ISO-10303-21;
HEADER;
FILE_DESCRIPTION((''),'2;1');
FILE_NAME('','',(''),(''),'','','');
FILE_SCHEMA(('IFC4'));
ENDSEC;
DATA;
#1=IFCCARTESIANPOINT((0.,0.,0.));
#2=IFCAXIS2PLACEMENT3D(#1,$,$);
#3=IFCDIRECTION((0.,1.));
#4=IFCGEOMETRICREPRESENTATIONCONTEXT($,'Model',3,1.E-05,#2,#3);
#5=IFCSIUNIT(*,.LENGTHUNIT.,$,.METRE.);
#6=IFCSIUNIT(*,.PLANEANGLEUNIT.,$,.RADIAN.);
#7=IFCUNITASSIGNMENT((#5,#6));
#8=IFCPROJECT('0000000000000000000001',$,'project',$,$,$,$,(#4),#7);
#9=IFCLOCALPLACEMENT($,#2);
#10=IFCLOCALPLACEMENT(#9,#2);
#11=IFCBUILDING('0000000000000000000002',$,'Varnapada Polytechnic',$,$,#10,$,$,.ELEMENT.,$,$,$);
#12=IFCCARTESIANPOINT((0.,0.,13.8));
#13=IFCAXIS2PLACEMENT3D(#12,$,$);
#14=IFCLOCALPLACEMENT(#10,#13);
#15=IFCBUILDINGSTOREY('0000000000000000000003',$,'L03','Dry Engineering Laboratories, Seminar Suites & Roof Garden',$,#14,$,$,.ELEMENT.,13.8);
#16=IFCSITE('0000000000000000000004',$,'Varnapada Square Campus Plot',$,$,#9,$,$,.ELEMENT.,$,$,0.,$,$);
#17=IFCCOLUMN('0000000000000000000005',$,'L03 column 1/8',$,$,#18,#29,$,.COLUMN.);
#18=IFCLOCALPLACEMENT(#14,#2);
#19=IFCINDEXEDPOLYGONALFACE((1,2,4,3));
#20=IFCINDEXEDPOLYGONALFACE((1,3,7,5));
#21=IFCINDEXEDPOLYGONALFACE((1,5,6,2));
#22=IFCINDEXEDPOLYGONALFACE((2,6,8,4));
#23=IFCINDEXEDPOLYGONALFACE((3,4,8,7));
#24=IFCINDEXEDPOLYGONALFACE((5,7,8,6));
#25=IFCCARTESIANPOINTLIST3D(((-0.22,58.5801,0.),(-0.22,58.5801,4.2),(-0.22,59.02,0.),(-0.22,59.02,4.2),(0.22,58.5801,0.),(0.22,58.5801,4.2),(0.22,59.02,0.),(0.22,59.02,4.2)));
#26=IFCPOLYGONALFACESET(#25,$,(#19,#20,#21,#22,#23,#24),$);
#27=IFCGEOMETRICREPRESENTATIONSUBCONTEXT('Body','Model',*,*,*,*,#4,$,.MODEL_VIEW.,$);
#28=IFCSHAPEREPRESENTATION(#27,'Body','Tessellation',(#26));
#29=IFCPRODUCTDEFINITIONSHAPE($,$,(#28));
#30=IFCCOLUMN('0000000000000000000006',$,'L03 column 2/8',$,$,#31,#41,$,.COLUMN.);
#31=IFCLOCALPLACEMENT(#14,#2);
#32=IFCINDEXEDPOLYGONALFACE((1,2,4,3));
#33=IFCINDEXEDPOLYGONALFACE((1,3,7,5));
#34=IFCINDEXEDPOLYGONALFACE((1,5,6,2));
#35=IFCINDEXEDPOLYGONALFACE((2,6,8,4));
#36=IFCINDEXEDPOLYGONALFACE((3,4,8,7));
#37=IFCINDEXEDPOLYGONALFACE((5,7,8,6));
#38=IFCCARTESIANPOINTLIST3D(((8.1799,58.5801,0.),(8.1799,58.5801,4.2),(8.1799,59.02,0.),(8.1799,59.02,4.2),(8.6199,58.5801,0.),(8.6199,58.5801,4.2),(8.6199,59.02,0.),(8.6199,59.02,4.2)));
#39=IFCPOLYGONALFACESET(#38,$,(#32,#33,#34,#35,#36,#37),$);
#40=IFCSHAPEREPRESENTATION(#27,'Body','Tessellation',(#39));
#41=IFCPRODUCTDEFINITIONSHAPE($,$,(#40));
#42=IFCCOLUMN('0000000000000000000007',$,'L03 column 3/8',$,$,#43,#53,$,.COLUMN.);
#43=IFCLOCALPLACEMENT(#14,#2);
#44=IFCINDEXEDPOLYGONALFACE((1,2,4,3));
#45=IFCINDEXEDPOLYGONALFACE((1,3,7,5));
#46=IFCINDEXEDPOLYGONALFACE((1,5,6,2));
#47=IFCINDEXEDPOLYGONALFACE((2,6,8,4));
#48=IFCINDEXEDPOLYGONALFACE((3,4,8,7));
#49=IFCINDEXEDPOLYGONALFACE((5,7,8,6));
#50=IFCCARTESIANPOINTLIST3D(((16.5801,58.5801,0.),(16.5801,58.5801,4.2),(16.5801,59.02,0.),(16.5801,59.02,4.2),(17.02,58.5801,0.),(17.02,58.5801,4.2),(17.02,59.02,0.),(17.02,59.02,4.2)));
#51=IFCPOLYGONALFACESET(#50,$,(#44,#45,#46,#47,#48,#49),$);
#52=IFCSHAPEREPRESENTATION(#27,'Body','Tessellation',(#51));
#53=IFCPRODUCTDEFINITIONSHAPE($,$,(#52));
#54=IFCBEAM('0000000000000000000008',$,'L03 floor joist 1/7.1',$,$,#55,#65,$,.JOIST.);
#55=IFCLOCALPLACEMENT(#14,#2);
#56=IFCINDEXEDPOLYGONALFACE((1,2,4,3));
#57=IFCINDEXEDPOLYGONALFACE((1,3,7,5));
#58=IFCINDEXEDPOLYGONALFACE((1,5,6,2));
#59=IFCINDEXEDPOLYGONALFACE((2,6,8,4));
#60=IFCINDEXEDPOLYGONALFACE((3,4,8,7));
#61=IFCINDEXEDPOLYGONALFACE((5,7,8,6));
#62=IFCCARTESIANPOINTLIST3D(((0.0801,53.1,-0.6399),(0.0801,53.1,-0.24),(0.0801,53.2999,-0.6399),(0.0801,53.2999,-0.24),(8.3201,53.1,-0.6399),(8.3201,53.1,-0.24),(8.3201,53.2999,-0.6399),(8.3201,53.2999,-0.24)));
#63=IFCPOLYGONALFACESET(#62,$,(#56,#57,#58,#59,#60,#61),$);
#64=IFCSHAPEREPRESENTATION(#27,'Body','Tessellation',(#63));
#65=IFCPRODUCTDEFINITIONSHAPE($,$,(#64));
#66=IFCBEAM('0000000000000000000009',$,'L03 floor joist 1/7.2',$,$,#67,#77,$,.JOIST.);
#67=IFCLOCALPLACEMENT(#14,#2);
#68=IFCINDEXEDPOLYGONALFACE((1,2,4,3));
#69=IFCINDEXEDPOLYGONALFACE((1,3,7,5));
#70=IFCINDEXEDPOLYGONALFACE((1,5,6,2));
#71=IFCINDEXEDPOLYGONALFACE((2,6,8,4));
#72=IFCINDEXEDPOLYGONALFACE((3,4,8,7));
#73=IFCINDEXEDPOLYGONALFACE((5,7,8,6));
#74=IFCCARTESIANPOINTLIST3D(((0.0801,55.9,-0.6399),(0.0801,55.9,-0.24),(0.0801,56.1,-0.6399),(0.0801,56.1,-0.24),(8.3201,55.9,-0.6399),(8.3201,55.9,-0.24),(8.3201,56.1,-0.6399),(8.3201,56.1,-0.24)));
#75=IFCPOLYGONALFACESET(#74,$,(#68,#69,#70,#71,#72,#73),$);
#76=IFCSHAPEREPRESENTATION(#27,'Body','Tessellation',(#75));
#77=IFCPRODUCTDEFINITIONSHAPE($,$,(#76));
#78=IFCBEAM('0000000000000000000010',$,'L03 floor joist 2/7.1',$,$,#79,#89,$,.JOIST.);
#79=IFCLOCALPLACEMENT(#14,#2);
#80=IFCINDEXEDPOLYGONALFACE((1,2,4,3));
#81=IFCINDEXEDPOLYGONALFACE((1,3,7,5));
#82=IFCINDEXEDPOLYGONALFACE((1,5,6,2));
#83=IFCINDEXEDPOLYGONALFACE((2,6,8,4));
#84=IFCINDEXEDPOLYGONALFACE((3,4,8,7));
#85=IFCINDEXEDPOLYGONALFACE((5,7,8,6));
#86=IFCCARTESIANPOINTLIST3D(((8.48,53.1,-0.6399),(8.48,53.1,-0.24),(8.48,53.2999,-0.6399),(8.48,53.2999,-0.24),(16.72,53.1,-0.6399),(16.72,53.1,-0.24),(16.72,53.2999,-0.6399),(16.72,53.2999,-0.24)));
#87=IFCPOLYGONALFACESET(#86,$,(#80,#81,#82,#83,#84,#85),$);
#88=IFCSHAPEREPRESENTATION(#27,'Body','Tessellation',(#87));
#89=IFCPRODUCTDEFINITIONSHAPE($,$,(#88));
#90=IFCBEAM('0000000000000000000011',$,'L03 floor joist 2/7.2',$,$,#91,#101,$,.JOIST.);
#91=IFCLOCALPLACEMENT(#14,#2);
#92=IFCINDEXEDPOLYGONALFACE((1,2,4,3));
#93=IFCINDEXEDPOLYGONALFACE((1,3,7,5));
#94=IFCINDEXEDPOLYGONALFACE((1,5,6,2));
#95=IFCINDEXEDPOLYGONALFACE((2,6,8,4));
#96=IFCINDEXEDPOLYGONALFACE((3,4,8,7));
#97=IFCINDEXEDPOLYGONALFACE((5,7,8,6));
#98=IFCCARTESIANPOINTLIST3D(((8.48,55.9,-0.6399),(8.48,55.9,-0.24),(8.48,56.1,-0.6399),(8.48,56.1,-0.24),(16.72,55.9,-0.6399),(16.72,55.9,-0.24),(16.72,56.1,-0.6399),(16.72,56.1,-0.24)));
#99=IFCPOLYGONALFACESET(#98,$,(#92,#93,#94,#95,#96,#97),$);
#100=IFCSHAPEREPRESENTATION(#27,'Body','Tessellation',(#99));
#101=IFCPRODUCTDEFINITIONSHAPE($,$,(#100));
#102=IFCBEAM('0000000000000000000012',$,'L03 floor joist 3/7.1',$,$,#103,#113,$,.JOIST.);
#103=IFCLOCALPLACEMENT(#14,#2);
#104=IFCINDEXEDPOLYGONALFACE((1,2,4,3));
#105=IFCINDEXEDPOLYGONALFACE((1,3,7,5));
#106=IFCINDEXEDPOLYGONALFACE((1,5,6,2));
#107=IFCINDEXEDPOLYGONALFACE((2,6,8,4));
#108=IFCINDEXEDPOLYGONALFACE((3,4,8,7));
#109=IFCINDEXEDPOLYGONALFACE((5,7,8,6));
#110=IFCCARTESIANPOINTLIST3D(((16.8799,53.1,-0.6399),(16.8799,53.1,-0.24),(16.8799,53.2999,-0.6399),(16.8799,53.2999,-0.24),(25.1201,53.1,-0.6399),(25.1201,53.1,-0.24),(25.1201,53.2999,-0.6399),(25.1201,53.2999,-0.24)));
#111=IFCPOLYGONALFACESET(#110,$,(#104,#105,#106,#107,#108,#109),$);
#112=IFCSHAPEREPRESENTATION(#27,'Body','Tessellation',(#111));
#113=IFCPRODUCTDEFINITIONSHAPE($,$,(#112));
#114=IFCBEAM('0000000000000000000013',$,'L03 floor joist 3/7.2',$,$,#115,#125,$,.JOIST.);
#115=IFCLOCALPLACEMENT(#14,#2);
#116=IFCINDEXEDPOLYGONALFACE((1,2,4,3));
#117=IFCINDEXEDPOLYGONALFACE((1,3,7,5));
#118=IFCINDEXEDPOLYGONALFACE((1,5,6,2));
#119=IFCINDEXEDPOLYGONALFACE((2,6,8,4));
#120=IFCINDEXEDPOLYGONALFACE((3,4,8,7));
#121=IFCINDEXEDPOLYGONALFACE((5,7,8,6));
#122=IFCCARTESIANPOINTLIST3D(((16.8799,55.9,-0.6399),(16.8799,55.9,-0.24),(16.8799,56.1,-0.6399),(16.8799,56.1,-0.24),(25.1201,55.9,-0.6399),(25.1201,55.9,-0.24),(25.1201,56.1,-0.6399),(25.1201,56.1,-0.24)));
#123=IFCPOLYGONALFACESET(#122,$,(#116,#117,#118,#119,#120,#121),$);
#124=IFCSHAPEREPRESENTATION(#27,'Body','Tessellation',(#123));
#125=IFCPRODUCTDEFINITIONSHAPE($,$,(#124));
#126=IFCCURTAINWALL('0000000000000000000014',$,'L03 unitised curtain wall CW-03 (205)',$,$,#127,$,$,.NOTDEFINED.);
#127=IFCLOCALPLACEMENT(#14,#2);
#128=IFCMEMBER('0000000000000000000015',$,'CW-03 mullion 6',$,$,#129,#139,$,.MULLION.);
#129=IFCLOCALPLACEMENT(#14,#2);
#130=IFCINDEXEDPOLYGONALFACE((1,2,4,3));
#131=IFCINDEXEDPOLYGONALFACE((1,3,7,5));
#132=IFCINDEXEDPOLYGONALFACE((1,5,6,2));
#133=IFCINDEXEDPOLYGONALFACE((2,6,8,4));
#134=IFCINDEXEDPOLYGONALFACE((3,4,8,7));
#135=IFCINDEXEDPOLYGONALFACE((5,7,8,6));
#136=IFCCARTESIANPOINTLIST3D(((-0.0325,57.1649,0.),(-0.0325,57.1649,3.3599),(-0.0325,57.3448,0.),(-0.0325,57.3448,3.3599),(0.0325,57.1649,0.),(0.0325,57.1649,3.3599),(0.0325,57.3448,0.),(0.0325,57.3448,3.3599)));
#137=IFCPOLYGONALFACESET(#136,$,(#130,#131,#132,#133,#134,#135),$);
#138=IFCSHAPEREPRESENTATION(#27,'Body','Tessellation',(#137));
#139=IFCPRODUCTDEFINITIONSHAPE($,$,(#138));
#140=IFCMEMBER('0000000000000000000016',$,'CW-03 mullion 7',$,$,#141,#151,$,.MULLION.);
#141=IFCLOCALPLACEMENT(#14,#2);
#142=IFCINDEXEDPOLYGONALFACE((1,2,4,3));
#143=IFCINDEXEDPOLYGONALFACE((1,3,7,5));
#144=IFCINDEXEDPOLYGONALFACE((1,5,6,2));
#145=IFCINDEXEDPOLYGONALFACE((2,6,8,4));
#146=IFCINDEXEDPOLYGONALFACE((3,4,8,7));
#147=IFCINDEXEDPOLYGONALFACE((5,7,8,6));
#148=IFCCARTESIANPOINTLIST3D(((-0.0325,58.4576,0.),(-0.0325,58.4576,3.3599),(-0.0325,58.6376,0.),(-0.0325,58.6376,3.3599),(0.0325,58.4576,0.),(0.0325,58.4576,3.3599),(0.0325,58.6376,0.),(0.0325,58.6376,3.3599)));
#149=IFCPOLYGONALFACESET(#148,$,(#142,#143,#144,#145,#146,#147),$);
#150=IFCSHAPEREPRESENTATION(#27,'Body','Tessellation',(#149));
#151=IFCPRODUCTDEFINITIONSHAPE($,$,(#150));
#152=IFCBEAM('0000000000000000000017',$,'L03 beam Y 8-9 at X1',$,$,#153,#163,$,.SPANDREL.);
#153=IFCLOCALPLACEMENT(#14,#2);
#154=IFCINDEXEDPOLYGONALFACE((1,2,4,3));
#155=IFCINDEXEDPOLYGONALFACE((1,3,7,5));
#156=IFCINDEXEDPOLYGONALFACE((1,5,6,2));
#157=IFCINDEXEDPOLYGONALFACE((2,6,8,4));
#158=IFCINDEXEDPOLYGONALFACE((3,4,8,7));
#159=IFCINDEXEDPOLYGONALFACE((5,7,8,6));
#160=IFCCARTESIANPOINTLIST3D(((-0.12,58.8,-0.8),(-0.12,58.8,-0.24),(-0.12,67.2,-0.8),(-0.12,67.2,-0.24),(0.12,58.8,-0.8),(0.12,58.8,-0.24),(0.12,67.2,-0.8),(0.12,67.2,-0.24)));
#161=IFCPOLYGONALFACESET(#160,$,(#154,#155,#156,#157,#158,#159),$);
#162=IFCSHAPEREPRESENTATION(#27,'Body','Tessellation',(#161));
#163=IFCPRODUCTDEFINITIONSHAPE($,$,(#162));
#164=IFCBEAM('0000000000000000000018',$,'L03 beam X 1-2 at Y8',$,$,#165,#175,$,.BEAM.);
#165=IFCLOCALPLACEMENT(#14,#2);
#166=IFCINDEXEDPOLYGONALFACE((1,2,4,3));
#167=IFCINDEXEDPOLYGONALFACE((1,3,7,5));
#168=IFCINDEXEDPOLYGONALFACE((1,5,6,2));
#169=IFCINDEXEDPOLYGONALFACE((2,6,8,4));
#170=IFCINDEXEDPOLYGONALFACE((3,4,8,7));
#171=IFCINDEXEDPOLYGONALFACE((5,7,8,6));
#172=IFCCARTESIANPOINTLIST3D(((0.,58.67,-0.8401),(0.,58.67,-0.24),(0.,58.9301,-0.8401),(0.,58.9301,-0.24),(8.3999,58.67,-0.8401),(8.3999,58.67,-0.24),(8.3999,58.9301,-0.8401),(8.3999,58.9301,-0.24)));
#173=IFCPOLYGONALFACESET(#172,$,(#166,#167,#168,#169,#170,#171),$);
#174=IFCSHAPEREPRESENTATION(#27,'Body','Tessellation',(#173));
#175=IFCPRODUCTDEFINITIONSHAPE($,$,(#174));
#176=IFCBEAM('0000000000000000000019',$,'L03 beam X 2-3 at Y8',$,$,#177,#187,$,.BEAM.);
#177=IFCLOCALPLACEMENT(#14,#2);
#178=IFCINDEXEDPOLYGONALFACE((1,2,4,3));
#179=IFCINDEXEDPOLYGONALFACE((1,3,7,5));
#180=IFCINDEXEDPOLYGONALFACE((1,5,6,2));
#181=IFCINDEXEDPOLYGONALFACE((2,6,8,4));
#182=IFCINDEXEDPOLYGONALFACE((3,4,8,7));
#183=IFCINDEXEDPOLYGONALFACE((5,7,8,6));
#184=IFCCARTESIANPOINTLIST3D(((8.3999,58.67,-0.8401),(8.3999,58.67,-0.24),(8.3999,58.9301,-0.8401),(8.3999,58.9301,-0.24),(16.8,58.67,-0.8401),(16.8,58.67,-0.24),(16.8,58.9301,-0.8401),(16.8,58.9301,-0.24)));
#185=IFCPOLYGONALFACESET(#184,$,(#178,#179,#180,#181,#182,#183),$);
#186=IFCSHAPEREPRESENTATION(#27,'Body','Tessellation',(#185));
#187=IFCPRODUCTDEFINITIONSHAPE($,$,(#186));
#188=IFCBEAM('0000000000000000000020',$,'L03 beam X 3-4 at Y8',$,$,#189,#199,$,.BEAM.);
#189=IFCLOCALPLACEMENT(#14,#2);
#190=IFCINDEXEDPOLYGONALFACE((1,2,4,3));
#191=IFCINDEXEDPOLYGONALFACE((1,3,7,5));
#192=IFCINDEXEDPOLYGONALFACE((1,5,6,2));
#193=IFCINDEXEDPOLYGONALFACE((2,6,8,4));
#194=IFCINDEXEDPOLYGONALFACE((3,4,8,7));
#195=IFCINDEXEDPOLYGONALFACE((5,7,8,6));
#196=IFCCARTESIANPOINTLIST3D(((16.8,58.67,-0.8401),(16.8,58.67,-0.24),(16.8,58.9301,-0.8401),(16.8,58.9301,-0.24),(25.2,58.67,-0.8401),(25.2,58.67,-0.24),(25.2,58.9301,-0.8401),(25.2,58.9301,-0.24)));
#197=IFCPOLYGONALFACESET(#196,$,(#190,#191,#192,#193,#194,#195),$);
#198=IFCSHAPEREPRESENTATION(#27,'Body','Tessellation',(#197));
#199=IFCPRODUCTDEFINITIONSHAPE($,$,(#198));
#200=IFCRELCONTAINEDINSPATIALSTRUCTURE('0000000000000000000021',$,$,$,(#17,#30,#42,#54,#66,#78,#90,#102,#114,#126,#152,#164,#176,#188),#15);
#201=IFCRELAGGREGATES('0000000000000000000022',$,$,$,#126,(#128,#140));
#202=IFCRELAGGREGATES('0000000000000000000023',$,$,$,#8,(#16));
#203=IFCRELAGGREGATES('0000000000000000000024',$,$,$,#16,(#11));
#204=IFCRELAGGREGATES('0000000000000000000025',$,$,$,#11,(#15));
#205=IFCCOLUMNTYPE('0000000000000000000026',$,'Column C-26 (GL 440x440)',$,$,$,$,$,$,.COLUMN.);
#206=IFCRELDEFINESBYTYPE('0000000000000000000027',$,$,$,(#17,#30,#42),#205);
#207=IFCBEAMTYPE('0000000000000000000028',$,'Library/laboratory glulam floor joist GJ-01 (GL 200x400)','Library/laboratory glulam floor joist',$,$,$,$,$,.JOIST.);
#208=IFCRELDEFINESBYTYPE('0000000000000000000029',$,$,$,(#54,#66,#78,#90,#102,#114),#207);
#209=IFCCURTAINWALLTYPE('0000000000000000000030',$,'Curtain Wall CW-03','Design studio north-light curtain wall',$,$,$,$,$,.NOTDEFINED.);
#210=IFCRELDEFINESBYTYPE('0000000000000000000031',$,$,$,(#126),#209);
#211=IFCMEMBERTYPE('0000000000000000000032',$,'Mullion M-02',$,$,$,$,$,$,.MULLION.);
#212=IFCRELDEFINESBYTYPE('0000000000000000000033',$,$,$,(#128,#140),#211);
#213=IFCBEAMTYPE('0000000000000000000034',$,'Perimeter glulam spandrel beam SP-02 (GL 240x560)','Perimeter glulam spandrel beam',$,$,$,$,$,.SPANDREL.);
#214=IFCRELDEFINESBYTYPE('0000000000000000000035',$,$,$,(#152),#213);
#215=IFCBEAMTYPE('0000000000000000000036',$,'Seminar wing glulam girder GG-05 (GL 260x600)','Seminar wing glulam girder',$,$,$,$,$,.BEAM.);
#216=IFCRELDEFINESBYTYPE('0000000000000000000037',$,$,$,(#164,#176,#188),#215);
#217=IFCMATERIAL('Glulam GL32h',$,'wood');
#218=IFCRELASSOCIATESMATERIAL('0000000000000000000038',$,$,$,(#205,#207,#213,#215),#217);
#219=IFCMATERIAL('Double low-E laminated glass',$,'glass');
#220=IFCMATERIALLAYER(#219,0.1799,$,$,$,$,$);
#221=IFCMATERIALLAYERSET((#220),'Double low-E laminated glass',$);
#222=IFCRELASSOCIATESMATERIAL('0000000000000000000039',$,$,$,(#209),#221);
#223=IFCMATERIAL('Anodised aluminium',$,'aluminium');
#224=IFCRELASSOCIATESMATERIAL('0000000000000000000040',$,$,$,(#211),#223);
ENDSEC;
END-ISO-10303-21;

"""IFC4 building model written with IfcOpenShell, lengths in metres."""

from ifc_helpers import new_model, si_unit, direction, frame, origin, origin_2d, place, context, subcontext, project, spatial, rectangle, extrude, material, layer, layer_set, material_profile, profile_set, type_object, element, aggregate, save


model = new_model("IFC4")

# Units and contexts
model_context = context("Model", 3, precision=1e-05, world=origin(), true_north=direction((0.0, 1.0)))
body_context = subcontext(model_context, "Body", "Model", "MODEL_VIEW")
ifc_project = project(units=[si_unit("LENGTHUNIT", "METRE"), si_unit("PLANEANGLEUNIT", "RADIAN")], contexts=[model_context])

# Site, building, storey
site_placement = place(None, origin())
site = spatial("IfcSite", under=ifc_project, at=site_placement, Name="Varnapada Square Campus Plot", CompositionType="ELEMENT", RefElevation=0.0)
building_placement = place(site_placement, origin())
building = spatial("IfcBuilding", under=site, at=building_placement, Name="Varnapada Polytechnic", CompositionType="ELEMENT")
storey_placement = place(building_placement, frame((0.0, 0.0, 13.8)))
storey = spatial("IfcBuildingStorey", under=building, at=storey_placement, Name="L03", Description="Dry Engineering Laboratories, Seminar Suites & Roof Garden", CompositionType="ELEMENT", Elevation=13.8)

# Columns
ifc_material_1 = material(Name="Glulam GL32h", Category="wood")
ifc_material_profile_1 = material_profile(ifc_material_1, rectangle(XDim=0.4399, YDim=0.4399, at=origin_2d()), Name="GL 440x440")
ifc_profile_set_1 = profile_set([ifc_material_profile_1], Name="Glulam GL32h")
column_type = type_object("IfcColumnType", Name="Column C-26 (GL 440x440)", PredefinedType="COLUMN", material=ifc_profile_set_1)
for number, where, z_axis, x_axis, name in (
    (1, (0.0, 58.8, 0.0), (0.0, 0.0, 1.0), (1.0, 0.0, 0.0), "L03 column 1/8"),
    (2, (8.3999, 58.8, 0.0), (0.0, 0.0, 1.0), (1.0, 0.0, 0.0), "L03 column 2/8"),
    (3, (16.8, 58.8, 0.0), (0.0, 0.0, 1.0), (1.0, 0.0, 0.0), "L03 column 3/8"),
):
    element("IfcColumn", number, at=place(storey_placement, frame(where, z_axis=z_axis, x_axis=x_axis)), inside=storey, type_object=column_type, Name=name, PredefinedType="COLUMN", context=body_context, shape_type="SweptSolid", body=[
        extrude(rectangle(XDim=0.4399, YDim=0.4399, at=origin_2d()), origin(), (0.0, 0.0, 1.0), 4.2),
    ])

# Beams
ifc_material_profile_2 = material_profile(ifc_material_1, rectangle(XDim=0.2, YDim=0.3999, at=origin_2d()), Name="GL 200x400")
ifc_profile_set_2 = profile_set([ifc_material_profile_2], Name="Glulam GL32h")
beam_type_1 = type_object("IfcBeamType", Name="Library/laboratory glulam floor joist GJ-01 (GL 200x400)", Description="Library/laboratory glulam floor joist", PredefinedType="JOIST", material=ifc_profile_set_2)
for number, where, z_axis, x_axis, name in (
    (4, (0.0801, 53.2, -0.4399), (1.0, 0.0, 0.0), (0.0, 1.0, 0.0), "L03 floor joist 1/7.1"),
    (5, (0.0801, 56.0, -0.4399), (1.0, 0.0, 0.0), (0.0, 1.0, 0.0), "L03 floor joist 1/7.2"),
    (6, (8.48, 53.2, -0.4399), (1.0, 0.0, 0.0), (0.0, 1.0, 0.0), "L03 floor joist 2/7.1"),
    (7, (8.48, 56.0, -0.4399), (1.0, 0.0, 0.0), (0.0, 1.0, 0.0), "L03 floor joist 2/7.2"),
):
    element("IfcBeam", number, at=place(storey_placement, frame(where, z_axis=z_axis, x_axis=x_axis)), inside=storey, type_object=beam_type_1, Name=name, PredefinedType="JOIST", context=body_context, shape_type="SweptSolid", body=[
        extrude(rectangle(XDim=0.2, YDim=0.3999, at=origin_2d()), origin(), (0.0, 0.0, 1.0), 8.24),
    ])
for number, where, z_axis, x_axis, name in (
    (8, (16.8799, 53.2, -0.4399), (1.0, 0.0, 0.0), (0.0, 1.0, 0.0), "L03 floor joist 3/7.1"),
    (9, (16.8799, 56.0, -0.4399), (1.0, 0.0, 0.0), (0.0, 1.0, 0.0), "L03 floor joist 3/7.2"),
):
    element("IfcBeam", number, at=place(storey_placement, frame(where, z_axis=z_axis, x_axis=x_axis)), inside=storey, type_object=beam_type_1, Name=name, PredefinedType="JOIST", context=body_context, shape_type="SweptSolid", body=[
        extrude(rectangle(XDim=0.2, YDim=0.3999, at=origin_2d()), origin(), (0.0, 0.0, 1.0), 8.2402),
    ])

# Curtain wall, members
ifc_material_2 = material(Name="Double low-E laminated glass", Category="glass")
ifc_layer_1 = layer(ifc_material_2, 0.1799)
ifc_layer_set_1 = layer_set([ifc_layer_1], Name="Double low-E laminated glass")
curtain_wall_type = type_object("IfcCurtainWallType", Name="Curtain Wall CW-03", Description="Design studio north-light curtain wall", PredefinedType="NOTDEFINED", material=ifc_layer_set_1)
curtain_wall_placement = place(storey_placement, origin())
curtain_wall = element("IfcCurtainWall", 10, at=curtain_wall_placement, inside=storey, type_object=curtain_wall_type, Name="L03 unitised curtain wall CW-03 (205)", PredefinedType="NOTDEFINED")
ifc_material_3 = material(Name="Anodised aluminium", Category="aluminium")
ifc_material_profile_3 = material_profile(ifc_material_3, rectangle(XDim=0.0649, YDim=0.1799, at=origin_2d()), Name="ALU M65x180")
ifc_profile_set_3 = profile_set([ifc_material_profile_3], Name="Anodised aluminium")
member_type_1 = type_object("IfcMemberType", Name="Mullion M-02", PredefinedType="MULLION", material=ifc_profile_set_3)
member_1_placement = place(storey_placement, frame((0.0, 57.2549, 0.0), z_axis=(0.0, 0.0, 1.0), x_axis=(-1.0, 0.0, 0.0)))
member_1 = element("IfcMember", 11, at=member_1_placement, type_object=member_type_1, Name="CW-03 mullion 6", PredefinedType="MULLION", context=body_context, shape_type="SweptSolid", body=[
    extrude(rectangle(XDim=0.0649, YDim=0.1799, at=origin_2d()), origin(), (0.0, 0.0, 1.0), 3.3599),
])
member_2_placement = place(storey_placement, frame((0.0, 58.5476, 0.0), z_axis=(0.0, 0.0, 1.0), x_axis=(-1.0, 0.0, 0.0)))
member_2 = element("IfcMember", 12, at=member_2_placement, type_object=member_type_1, Name="CW-03 mullion 7", PredefinedType="MULLION", context=body_context, shape_type="SweptSolid", body=[
    extrude(rectangle(XDim=0.0649, YDim=0.1799, at=origin_2d()), origin(), (0.0, 0.0, 1.0), 3.3599),
])

# Beams
ifc_material_profile_4 = material_profile(ifc_material_1, rectangle(XDim=0.24, YDim=0.5601, at=origin_2d()), Name="GL 240x560")
ifc_profile_set_4 = profile_set([ifc_material_profile_4], Name="Glulam GL32h")
beam_type_2 = type_object("IfcBeamType", Name="Perimeter glulam spandrel beam SP-02 (GL 240x560)", Description="Perimeter glulam spandrel beam", PredefinedType="SPANDREL", material=ifc_profile_set_4)
beam_1_placement = place(storey_placement, frame((0.0, 58.8, -0.52), z_axis=(0.0, 1.0, 0.0), x_axis=(-1.0, 0.0, 0.0)))
element("IfcBeam", 13, at=beam_1_placement, inside=storey, type_object=beam_type_2, Name="L03 beam Y 8-9 at X1", PredefinedType="SPANDREL", context=body_context, shape_type="SweptSolid", body=[
    extrude(rectangle(XDim=0.24, YDim=0.5601, at=origin_2d()), origin(), (0.0, 0.0, 1.0), 8.3999),
])
ifc_material_profile_5 = material_profile(ifc_material_1, rectangle(XDim=0.26, YDim=0.6001, at=origin_2d()), Name="GL 260x600")
ifc_profile_set_5 = profile_set([ifc_material_profile_5], Name="Glulam GL32h")
beam_type_3 = type_object("IfcBeamType", Name="Seminar wing glulam girder GG-05 (GL 260x600)", Description="Seminar wing glulam girder", PredefinedType="BEAM", material=ifc_profile_set_5)
beam_2_placement = place(storey_placement, frame((0.0, 58.8, -0.54), z_axis=(1.0, 0.0, 0.0), x_axis=(0.0, 1.0, 0.0)))
element("IfcBeam", 14, at=beam_2_placement, inside=storey, type_object=beam_type_3, Name="L03 beam X 1-2 at Y8", PredefinedType="BEAM", context=body_context, shape_type="SweptSolid", body=[
    extrude(rectangle(XDim=0.26, YDim=0.6001, at=origin_2d()), origin(), (0.0, 0.0, 1.0), 8.3999),
])
beam_3_placement = place(storey_placement, frame((8.3999, 58.8, -0.54), z_axis=(1.0, 0.0, 0.0), x_axis=(0.0, 1.0, 0.0)))
element("IfcBeam", 15, at=beam_3_placement, inside=storey, type_object=beam_type_3, Name="L03 beam X 2-3 at Y8", PredefinedType="BEAM", context=body_context, shape_type="SweptSolid", body=[
    extrude(rectangle(XDim=0.26, YDim=0.6001, at=origin_2d()), origin(), (0.0, 0.0, 1.0), 8.4001),
])
beam_4_placement = place(storey_placement, frame((16.8, 58.8, -0.54), z_axis=(1.0, 0.0, 0.0), x_axis=(0.0, 1.0, 0.0)))
element("IfcBeam", 16, at=beam_4_placement, inside=storey, type_object=beam_type_3, Name="L03 beam X 3-4 at Y8", PredefinedType="BEAM", context=body_context, shape_type="SweptSolid", body=[
    extrude(rectangle(XDim=0.26, YDim=0.6001, at=origin_2d()), origin(), (0.0, 0.0, 1.0), 8.3999),
])

aggregate(curtain_wall, [member_1, member_2])

save(model, "model.ifc")
